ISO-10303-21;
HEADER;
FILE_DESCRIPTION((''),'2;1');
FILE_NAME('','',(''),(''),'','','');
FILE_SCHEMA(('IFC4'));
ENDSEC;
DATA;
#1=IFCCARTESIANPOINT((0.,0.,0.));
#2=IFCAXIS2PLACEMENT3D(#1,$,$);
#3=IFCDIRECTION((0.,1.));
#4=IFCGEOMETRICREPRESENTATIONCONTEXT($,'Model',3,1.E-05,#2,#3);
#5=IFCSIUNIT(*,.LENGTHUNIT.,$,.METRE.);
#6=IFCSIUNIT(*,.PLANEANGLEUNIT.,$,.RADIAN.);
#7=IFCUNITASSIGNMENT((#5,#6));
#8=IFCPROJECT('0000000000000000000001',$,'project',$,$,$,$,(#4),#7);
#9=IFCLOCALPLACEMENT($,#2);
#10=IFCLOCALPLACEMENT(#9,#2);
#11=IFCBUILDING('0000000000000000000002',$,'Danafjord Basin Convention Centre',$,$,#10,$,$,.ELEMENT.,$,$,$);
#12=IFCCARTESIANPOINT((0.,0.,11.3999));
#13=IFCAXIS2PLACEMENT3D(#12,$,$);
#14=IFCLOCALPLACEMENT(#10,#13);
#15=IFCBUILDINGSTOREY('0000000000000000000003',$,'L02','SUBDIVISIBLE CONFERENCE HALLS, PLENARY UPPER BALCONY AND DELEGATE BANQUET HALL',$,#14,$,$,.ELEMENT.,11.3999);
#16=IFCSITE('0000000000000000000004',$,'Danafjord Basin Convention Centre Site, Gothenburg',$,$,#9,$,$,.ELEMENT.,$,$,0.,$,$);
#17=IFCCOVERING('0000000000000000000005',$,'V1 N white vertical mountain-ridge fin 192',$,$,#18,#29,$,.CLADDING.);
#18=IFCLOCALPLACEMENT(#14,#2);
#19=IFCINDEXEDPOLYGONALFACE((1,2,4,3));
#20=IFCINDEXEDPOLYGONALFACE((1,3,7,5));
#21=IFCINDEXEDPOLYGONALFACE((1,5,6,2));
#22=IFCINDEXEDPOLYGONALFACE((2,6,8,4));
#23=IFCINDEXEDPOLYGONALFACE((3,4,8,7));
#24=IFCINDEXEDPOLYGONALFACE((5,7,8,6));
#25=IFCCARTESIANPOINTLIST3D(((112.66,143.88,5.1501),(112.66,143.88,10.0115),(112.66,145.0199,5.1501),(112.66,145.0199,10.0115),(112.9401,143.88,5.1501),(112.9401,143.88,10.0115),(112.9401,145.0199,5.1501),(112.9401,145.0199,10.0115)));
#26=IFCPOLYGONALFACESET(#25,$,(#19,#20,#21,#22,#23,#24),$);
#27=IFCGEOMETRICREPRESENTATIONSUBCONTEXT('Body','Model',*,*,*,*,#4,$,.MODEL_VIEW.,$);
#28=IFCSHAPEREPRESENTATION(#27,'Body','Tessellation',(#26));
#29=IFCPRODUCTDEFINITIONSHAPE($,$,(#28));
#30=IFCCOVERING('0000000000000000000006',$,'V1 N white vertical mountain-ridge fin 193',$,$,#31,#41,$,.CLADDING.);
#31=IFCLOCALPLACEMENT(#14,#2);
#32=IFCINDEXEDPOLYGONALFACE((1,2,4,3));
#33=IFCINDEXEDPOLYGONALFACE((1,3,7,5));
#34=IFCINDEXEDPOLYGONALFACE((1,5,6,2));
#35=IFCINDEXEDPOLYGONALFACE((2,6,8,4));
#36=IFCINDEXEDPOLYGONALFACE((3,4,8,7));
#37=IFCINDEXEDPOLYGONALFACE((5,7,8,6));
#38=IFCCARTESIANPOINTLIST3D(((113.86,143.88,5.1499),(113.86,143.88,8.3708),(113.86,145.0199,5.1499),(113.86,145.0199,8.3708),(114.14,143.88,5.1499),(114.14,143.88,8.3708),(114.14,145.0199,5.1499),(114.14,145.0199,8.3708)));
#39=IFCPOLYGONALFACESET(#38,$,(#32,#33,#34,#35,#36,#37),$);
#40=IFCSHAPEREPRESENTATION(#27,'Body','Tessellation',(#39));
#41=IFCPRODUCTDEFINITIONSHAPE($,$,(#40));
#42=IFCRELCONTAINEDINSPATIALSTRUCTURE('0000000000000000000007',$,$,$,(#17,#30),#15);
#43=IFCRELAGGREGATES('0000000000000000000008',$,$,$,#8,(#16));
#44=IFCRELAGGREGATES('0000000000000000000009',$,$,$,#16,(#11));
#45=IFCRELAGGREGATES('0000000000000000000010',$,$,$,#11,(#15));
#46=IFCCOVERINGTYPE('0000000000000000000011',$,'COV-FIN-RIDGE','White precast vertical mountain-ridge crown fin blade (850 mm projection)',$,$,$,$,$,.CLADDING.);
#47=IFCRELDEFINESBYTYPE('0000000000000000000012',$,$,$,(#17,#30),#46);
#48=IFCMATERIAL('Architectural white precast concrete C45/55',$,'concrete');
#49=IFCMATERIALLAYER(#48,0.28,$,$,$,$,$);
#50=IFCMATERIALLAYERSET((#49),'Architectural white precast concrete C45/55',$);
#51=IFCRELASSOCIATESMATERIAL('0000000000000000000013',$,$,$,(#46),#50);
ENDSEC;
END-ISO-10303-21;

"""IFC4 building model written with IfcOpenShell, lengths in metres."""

from ifc_helpers import new_model, si_unit, direction, frame, origin, origin_2d, place, context, subcontext, project, spatial, rectangle, extrude, material, layer, layer_set, type_object, element, save


model = new_model("IFC4")

# Units and contexts
model_context = context("Model", 3, precision=1e-05, world=origin(), true_north=direction((0.0, 1.0)))
body_context = subcontext(model_context, "Body", "Model", "MODEL_VIEW")
ifc_project = project(units=[si_unit("LENGTHUNIT", "METRE"), si_unit("PLANEANGLEUNIT", "RADIAN")], contexts=[model_context])

# Site, building, storey
site_placement = place(None, origin())
site = spatial("IfcSite", under=ifc_project, at=site_placement, Name="Danafjord Basin Convention Centre Site, Gothenburg", CompositionType="ELEMENT", RefElevation=0.0)
building_placement = place(site_placement, origin())
building = spatial("IfcBuilding", under=site, at=building_placement, Name="Danafjord Basin Convention Centre", CompositionType="ELEMENT")
storey_placement = place(building_placement, frame((0.0, 0.0, 11.3999)))
storey = spatial("IfcBuildingStorey", under=building, at=storey_placement, Name="L02", Description="SUBDIVISIBLE CONFERENCE HALLS, PLENARY UPPER BALCONY AND DELEGATE BANQUET HALL", CompositionType="ELEMENT", Elevation=11.3999)

# Coverings
ifc_material_1 = material(Name="Architectural white precast concrete C45/55", Category="concrete")
ifc_layer_1 = layer(ifc_material_1, 0.28)
ifc_layer_set_1 = layer_set([ifc_layer_1], Name="Architectural white precast concrete C45/55")
covering_type = type_object("IfcCoveringType", Name="COV-FIN-RIDGE", Description="White precast vertical mountain-ridge crown fin blade (850 mm projection)", PredefinedType="CLADDING", material=ifc_layer_set_1)
covering_1_placement = place(storey_placement, frame((112.8, 144.45, 5.1501), z_axis=(0.0, 0.0, 1.0), x_axis=(0.0, 1.0, 0.0)))
element("IfcCovering", 1, at=covering_1_placement, inside=storey, type_object=covering_type, Name="V1 N white vertical mountain-ridge fin 192", PredefinedType="CLADDING", context=body_context, shape_type="SweptSolid", body=[
    extrude(rectangle(XDim=1.1399, YDim=0.28, at=origin_2d()), origin(), (0.0, 0.0, 1.0), 4.8613),
])
covering_2_placement = place(storey_placement, frame((114.0, 144.45, 5.1499), z_axis=(0.0, 0.0, 1.0), x_axis=(0.0, 1.0, 0.0)))
element("IfcCovering", 2, at=covering_2_placement, inside=storey, type_object=covering_type, Name="V1 N white vertical mountain-ridge fin 193", PredefinedType="CLADDING", context=body_context, shape_type="SweptSolid", body=[
    extrude(rectangle(XDim=1.1399, YDim=0.28, at=origin_2d()), origin(), (0.0, 0.0, 1.0), 3.2209),
])

save(model, "model.ifc")
